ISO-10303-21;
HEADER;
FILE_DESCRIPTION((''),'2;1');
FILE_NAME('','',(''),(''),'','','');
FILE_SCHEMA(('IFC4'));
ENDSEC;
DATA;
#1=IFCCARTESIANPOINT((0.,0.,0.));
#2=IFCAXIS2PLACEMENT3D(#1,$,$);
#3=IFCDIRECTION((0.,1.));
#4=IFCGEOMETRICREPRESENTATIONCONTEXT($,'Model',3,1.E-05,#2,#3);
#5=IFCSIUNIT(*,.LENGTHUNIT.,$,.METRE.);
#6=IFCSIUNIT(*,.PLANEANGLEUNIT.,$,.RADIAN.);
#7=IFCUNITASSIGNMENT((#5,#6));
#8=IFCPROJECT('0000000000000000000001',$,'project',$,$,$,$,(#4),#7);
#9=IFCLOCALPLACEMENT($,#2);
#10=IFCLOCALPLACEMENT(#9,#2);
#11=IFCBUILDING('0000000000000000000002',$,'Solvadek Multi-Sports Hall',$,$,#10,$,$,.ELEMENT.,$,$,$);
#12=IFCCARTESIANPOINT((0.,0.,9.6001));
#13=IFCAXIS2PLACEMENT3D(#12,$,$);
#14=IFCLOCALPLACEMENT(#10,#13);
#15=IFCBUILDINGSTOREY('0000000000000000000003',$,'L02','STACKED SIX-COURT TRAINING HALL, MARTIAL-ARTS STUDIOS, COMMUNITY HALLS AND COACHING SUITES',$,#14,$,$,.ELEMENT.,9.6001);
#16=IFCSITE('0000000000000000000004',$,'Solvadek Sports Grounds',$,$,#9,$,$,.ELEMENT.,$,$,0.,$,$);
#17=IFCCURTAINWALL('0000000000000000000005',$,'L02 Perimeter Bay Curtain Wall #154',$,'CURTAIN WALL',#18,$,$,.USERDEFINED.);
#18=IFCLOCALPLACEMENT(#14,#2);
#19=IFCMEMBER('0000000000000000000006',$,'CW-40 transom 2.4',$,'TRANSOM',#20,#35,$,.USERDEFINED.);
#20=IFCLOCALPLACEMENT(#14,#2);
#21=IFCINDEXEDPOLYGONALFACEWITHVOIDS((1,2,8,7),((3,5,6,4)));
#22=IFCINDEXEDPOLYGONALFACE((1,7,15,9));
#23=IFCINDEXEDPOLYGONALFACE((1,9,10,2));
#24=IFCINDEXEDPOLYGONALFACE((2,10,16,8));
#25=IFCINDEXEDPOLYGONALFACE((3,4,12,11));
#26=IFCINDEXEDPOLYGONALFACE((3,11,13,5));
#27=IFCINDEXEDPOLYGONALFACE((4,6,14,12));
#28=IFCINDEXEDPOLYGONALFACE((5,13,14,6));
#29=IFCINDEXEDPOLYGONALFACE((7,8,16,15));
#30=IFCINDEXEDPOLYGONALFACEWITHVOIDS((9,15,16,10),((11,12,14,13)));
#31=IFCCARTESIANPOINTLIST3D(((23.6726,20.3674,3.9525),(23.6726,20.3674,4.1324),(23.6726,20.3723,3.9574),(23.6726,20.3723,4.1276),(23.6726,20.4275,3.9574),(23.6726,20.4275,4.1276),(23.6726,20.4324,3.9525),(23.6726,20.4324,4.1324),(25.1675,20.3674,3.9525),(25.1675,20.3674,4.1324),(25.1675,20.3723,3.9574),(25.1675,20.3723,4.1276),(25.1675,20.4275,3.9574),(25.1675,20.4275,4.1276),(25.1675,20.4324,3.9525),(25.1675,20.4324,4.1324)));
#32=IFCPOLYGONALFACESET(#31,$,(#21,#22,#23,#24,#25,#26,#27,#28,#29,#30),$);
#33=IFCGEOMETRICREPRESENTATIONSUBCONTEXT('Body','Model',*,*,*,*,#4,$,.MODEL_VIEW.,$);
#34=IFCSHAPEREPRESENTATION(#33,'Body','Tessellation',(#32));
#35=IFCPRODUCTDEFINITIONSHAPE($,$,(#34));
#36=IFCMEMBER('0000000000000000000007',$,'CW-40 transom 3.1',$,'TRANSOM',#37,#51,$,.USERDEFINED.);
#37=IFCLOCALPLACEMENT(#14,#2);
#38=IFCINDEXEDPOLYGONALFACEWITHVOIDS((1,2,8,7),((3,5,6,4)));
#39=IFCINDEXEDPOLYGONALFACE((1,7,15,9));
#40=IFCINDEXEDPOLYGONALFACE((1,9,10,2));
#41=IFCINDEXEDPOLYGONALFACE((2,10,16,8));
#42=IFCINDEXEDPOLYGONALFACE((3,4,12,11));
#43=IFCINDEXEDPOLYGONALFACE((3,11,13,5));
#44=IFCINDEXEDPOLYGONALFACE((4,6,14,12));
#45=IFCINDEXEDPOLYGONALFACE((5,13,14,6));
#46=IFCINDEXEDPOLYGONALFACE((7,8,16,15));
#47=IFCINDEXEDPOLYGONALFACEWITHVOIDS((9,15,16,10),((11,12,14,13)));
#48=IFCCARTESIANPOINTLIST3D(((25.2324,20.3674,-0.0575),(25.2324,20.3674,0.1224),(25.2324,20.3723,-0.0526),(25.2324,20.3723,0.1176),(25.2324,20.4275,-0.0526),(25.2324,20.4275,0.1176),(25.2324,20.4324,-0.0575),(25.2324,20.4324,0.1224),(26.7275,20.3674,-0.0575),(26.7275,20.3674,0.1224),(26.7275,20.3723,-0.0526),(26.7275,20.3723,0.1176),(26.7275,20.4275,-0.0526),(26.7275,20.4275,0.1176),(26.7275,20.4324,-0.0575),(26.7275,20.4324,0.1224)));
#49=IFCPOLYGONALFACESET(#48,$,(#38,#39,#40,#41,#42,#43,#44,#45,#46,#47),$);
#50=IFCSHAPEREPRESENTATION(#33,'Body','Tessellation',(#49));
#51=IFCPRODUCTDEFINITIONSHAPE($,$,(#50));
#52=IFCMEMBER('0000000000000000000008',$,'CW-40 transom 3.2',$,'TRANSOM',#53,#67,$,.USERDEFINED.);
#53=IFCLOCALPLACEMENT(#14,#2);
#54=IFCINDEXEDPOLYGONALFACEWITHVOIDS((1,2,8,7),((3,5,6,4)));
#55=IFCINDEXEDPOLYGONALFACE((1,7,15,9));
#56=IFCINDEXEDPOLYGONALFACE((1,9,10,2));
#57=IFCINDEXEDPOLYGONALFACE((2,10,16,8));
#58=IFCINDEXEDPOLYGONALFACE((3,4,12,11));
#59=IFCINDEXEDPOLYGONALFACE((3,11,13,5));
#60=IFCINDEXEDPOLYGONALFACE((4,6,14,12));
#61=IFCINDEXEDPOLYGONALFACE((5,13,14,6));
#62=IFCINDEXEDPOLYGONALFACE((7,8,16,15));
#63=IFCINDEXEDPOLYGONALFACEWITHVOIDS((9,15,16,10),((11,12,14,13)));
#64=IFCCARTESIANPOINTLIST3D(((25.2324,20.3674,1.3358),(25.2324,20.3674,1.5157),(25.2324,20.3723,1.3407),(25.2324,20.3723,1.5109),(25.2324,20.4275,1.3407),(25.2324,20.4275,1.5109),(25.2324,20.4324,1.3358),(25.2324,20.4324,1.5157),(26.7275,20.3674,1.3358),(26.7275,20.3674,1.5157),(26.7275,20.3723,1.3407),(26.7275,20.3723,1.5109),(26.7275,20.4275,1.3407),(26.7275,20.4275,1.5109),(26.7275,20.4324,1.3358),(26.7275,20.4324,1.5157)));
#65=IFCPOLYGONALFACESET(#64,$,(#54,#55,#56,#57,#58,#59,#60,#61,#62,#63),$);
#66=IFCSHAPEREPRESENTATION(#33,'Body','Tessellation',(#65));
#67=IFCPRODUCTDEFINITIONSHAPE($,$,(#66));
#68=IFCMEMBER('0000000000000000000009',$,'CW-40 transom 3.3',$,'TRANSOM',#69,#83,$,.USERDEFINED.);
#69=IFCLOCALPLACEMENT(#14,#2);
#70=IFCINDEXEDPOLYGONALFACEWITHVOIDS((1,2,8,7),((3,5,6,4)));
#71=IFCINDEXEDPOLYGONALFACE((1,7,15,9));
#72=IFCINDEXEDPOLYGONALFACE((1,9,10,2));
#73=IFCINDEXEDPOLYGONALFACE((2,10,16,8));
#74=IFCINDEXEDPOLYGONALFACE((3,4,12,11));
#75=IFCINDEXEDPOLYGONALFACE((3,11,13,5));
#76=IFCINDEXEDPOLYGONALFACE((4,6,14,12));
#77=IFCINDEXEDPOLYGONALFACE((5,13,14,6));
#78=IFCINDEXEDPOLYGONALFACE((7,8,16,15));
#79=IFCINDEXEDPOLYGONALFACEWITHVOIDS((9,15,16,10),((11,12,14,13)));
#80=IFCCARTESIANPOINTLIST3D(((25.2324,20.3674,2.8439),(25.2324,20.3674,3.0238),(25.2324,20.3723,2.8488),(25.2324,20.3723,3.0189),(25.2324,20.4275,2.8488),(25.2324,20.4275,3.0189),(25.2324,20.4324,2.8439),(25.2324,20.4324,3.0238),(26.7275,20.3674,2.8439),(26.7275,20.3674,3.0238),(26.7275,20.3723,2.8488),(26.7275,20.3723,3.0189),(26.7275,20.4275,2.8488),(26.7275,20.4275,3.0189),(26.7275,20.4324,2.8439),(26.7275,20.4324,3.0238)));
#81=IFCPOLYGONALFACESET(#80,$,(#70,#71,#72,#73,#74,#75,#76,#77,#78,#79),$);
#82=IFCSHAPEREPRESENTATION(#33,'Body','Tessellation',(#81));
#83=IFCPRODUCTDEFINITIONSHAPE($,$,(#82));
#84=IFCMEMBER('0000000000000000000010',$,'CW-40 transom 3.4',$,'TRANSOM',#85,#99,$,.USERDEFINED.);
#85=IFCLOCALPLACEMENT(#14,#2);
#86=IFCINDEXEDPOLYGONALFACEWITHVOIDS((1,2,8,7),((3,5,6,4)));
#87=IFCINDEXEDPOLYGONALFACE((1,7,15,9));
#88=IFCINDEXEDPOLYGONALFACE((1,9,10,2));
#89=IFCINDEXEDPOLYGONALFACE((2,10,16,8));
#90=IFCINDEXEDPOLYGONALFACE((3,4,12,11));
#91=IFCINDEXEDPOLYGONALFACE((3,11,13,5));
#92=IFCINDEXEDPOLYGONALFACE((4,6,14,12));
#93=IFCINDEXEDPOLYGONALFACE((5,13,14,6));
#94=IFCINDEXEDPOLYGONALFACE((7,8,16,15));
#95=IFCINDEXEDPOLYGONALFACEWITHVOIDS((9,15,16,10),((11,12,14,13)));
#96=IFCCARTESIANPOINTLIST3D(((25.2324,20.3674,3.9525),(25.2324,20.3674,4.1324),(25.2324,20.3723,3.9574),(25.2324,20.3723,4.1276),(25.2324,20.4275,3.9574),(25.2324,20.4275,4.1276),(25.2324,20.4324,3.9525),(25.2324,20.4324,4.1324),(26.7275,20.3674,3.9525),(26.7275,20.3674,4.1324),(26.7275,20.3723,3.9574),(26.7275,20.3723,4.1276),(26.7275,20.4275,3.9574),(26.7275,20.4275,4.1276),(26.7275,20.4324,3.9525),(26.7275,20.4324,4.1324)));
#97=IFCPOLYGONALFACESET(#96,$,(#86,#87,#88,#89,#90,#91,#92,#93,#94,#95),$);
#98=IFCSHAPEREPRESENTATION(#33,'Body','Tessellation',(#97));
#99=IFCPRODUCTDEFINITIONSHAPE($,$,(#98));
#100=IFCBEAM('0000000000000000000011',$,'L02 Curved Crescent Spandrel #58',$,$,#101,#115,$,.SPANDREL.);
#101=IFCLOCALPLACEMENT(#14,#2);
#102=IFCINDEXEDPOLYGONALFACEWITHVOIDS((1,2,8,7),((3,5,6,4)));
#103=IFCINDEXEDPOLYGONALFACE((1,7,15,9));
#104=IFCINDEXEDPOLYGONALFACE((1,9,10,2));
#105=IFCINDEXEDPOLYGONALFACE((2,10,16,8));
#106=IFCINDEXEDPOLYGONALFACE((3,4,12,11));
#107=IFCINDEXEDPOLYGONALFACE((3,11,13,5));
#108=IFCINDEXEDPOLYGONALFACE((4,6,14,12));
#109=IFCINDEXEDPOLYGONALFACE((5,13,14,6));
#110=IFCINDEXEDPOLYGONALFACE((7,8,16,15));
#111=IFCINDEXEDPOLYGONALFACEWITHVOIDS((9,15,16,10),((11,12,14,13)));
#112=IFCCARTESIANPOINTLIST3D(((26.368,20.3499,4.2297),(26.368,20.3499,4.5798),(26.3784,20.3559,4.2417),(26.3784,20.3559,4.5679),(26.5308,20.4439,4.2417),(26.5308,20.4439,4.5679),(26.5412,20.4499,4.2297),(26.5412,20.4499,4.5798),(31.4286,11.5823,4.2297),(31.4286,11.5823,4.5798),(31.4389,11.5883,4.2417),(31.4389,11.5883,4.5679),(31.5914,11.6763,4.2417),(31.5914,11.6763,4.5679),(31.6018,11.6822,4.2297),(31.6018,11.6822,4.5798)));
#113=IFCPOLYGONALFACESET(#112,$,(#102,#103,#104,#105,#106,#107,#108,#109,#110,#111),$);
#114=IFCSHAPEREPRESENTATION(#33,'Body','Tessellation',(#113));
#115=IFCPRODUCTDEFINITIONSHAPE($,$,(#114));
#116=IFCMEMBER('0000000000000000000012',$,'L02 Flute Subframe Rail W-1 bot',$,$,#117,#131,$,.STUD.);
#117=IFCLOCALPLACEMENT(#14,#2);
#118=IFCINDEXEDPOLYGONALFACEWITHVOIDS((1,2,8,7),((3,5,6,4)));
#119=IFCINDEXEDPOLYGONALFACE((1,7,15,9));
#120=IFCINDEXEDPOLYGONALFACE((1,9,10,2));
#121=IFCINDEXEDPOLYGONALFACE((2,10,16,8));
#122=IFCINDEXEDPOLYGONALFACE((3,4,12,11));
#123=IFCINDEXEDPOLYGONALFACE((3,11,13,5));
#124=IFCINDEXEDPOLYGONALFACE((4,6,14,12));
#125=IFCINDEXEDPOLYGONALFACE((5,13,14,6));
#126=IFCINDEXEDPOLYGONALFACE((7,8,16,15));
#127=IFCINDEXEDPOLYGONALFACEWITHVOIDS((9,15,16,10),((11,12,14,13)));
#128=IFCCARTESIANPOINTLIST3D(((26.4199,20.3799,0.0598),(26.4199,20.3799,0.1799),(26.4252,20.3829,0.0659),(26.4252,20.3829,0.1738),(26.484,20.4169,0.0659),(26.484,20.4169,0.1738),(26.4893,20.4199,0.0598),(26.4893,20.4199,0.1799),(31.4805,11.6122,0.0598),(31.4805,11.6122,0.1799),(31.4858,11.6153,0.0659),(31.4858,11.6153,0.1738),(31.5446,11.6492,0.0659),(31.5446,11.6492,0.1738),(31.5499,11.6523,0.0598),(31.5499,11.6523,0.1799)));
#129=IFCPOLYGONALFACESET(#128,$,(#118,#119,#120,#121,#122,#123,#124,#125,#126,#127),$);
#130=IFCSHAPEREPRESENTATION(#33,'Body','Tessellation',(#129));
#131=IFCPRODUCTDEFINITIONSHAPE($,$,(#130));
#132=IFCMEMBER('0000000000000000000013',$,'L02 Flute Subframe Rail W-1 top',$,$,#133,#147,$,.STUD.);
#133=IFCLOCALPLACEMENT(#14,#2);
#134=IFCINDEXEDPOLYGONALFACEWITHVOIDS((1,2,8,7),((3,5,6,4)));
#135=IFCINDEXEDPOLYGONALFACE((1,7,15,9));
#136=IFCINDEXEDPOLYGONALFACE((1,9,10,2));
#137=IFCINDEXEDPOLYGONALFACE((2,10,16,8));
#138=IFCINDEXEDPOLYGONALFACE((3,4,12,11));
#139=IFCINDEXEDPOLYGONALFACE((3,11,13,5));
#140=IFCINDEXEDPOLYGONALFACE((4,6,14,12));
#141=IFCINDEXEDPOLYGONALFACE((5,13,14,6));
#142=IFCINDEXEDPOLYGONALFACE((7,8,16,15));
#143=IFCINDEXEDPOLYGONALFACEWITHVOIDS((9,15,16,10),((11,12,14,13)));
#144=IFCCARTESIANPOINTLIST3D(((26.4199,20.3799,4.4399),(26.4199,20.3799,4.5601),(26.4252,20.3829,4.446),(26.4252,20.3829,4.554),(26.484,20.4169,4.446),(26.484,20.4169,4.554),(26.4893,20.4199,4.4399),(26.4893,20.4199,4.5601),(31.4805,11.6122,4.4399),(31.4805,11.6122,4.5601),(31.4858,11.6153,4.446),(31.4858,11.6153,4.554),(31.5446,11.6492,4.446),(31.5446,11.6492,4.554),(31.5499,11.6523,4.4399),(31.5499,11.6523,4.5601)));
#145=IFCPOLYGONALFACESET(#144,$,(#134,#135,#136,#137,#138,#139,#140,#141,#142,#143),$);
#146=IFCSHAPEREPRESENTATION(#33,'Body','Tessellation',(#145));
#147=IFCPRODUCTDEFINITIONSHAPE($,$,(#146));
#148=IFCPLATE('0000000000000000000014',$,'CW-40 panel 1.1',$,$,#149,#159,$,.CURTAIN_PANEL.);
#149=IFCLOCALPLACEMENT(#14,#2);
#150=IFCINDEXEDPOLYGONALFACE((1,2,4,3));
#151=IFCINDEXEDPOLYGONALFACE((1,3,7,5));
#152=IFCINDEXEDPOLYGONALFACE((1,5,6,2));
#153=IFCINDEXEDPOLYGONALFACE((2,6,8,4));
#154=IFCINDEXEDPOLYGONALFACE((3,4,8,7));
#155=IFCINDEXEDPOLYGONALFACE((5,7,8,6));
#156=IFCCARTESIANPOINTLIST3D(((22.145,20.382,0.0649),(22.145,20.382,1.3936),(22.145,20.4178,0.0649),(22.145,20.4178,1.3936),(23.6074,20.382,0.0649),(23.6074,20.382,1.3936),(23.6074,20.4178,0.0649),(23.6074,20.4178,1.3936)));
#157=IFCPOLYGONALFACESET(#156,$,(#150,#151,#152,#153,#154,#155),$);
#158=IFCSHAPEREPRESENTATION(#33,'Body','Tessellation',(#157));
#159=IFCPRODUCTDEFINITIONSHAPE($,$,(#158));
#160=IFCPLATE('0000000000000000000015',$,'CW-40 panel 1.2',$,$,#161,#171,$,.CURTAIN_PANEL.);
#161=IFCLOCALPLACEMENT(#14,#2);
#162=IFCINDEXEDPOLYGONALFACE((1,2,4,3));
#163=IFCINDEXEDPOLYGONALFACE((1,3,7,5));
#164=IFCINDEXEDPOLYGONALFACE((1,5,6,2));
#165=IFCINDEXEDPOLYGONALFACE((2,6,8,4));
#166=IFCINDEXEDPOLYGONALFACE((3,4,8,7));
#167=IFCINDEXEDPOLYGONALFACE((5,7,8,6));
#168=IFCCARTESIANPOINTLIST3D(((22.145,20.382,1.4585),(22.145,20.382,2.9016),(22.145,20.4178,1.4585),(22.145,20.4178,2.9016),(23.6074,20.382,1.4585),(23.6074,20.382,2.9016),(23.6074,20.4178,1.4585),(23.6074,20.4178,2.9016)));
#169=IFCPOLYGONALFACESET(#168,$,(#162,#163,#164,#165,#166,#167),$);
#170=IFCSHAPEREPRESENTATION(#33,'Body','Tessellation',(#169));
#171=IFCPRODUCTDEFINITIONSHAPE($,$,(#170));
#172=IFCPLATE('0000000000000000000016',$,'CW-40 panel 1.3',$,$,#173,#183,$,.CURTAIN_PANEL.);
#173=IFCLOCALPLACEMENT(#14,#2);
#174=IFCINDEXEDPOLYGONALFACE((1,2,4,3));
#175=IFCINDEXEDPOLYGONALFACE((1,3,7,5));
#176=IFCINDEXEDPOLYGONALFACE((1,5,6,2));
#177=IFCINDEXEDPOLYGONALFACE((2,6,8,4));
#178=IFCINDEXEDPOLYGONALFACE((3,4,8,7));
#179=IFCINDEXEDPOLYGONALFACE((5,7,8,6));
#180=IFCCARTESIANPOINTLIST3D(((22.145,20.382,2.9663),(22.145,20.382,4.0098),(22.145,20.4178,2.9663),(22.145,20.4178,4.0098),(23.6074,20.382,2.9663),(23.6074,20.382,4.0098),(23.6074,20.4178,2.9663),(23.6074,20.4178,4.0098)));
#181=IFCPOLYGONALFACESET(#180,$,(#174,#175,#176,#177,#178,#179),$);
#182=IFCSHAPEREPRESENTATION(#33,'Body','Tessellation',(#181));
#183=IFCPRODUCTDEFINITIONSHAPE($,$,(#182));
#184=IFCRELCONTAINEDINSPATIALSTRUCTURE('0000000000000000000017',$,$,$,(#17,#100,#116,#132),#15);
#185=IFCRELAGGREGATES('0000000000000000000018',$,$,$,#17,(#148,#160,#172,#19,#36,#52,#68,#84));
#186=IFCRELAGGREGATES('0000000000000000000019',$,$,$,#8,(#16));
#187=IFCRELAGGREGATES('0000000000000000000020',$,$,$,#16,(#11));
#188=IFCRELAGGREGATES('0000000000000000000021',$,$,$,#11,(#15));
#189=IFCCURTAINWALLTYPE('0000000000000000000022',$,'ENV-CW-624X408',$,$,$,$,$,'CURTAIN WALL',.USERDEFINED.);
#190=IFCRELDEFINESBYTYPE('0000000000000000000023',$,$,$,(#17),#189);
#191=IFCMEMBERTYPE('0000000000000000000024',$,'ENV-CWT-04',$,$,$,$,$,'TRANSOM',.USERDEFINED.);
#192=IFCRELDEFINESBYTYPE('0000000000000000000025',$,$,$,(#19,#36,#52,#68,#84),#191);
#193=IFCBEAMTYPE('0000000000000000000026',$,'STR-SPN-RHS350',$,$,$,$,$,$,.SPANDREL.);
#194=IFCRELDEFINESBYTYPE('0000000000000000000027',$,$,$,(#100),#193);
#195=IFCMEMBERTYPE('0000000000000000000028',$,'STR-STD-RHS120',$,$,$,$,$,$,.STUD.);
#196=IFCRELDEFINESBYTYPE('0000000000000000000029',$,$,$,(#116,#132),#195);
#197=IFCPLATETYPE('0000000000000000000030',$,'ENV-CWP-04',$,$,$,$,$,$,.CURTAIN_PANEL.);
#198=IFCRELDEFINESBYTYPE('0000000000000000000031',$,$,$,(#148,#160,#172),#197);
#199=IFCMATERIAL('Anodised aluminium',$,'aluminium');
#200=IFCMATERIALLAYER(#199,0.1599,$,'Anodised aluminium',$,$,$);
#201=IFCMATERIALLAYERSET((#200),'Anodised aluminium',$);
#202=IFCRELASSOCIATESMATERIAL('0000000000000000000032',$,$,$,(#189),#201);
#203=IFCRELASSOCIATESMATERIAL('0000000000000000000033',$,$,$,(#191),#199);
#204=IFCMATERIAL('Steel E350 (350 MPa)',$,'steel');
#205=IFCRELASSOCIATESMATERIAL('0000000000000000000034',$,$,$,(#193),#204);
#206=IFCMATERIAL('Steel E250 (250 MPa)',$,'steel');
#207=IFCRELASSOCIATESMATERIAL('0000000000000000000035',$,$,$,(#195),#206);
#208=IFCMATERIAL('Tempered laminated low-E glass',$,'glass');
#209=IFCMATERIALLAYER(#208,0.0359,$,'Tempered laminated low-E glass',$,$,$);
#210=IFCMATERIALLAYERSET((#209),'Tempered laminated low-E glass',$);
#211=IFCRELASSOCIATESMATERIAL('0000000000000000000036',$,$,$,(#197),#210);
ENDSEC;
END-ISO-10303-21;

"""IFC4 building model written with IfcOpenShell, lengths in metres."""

from ifc_helpers import new_model, si_unit, direction, frame, origin, origin_2d, place, context, subcontext, project, spatial, rectangle, hollow_rectangle, extrude, material, layer, layer_set, material_profile, profile_set, type_object, element, aggregate, save


model = new_model("IFC4")

# Units and contexts
model_context = context("Model", 3, precision=1e-05, world=origin(), true_north=direction((0.0, 1.0)))
body_context = subcontext(model_context, "Body", "Model", "MODEL_VIEW")
ifc_project = project(units=[si_unit("LENGTHUNIT", "METRE"), si_unit("PLANEANGLEUNIT", "RADIAN")], contexts=[model_context])

# Site, building, storey
site_placement = place(None, origin())
site = spatial("IfcSite", under=ifc_project, at=site_placement, Name="Solvadek Sports Grounds", CompositionType="ELEMENT", RefElevation=0.0)
building_placement = place(site_placement, origin())
building = spatial("IfcBuilding", under=site, at=building_placement, Name="Solvadek Multi-Sports Hall", CompositionType="ELEMENT")
storey_placement = place(building_placement, frame((0.0, 0.0, 9.6001)))
storey = spatial("IfcBuildingStorey", under=building, at=storey_placement, Name="L02", Description="STACKED SIX-COURT TRAINING HALL, MARTIAL-ARTS STUDIOS, COMMUNITY HALLS AND COACHING SUITES", CompositionType="ELEMENT", Elevation=9.6001)

# Shared definitions
ifc_material_1 = material(Name="Steel E350 (350 MPa)", Category="steel")

# Shared definitions
ifc_material_2 = material(Name="Anodised aluminium", Category="aluminium")

# Curtain wall, members
ifc_layer_1 = layer(ifc_material_2, 0.1599, Name="Anodised aluminium")
ifc_layer_set_1 = layer_set([ifc_layer_1], Name="Anodised aluminium")
curtain_wall_type_1 = type_object("IfcCurtainWallType", Name="ENV-CW-624X408", ElementType="CURTAIN WALL", PredefinedType="USERDEFINED", material=ifc_layer_set_1)
curtain_wall_1_placement = place(storey_placement, origin())
curtain_wall_1 = element("IfcCurtainWall", 1, at=curtain_wall_1_placement, inside=storey, type_object=curtain_wall_type_1, Name="L02 Perimeter Bay Curtain Wall #154", ObjectType="CURTAIN WALL", PredefinedType="USERDEFINED")
ifc_material_profile_1 = material_profile(ifc_material_2, hollow_rectangle(XDim=0.0649, YDim=0.1799, WallThickness=0.0049, at=origin_2d()), Name="ALU-T 180x65x5")
ifc_profile_set_1 = profile_set([ifc_material_profile_1], Name="Anodised aluminium")
member_type_1 = type_object("IfcMemberType", Name="ENV-CWT-04", ElementType="TRANSOM", PredefinedType="USERDEFINED", material=ifc_profile_set_1)
member_1_placement = place(storey_placement, frame((23.6726, 20.3999, 4.0425), z_axis=(1.0, 0.0, 0.0), x_axis=(0.0, 1.0, 0.0)))
member_1 = element("IfcMember", 2, at=member_1_placement, type_object=member_type_1, Name="CW-40 transom 2.4", ObjectType="TRANSOM", PredefinedType="USERDEFINED", context=body_context, shape_type="SweptSolid", body=[
    extrude(hollow_rectangle(XDim=0.0649, YDim=0.1799, WallThickness=0.0049, at=origin_2d()), origin(), (0.0, 0.0, 1.0), 1.4949),
])
member_2_placement = place(storey_placement, frame((25.2324, 20.3999, 0.0325), z_axis=(1.0, 0.0, 0.0), x_axis=(0.0, 1.0, 0.0)))
member_2 = element("IfcMember", 3, at=member_2_placement, type_object=member_type_1, Name="CW-40 transom 3.1", ObjectType="TRANSOM", PredefinedType="USERDEFINED", context=body_context, shape_type="SweptSolid", body=[
    extrude(hollow_rectangle(XDim=0.0649, YDim=0.1799, WallThickness=0.0049, at=origin_2d()), origin(), (0.0, 0.0, 1.0), 1.4951),
])
member_3_placement = place(storey_placement, frame((25.2324, 20.3999, 1.4258), z_axis=(1.0, 0.0, 0.0), x_axis=(0.0, 1.0, 0.0)))
member_3 = element("IfcMember", 4, at=member_3_placement, type_object=member_type_1, Name="CW-40 transom 3.2", ObjectType="TRANSOM", PredefinedType="USERDEFINED", context=body_context, shape_type="SweptSolid", body=[
    extrude(hollow_rectangle(XDim=0.0649, YDim=0.1799, WallThickness=0.0049, at=origin_2d()), origin(), (0.0, 0.0, 1.0), 1.4951),
])
member_4_placement = place(storey_placement, frame((25.2324, 20.3999, 2.9338), z_axis=(1.0, 0.0, 0.0), x_axis=(0.0, 1.0, 0.0)))
member_4 = element("IfcMember", 5, at=member_4_placement, type_object=member_type_1, Name="CW-40 transom 3.3", ObjectType="TRANSOM", PredefinedType="USERDEFINED", context=body_context, shape_type="SweptSolid", body=[
    extrude(hollow_rectangle(XDim=0.0649, YDim=0.1799, WallThickness=0.0049, at=origin_2d()), origin(), (0.0, 0.0, 1.0), 1.4951),
])
member_5_placement = place(storey_placement, frame((25.2324, 20.3999, 4.0425), z_axis=(1.0, 0.0, 0.0), x_axis=(0.0, 1.0, 0.0)))
member_5 = element("IfcMember", 6, at=member_5_placement, type_object=member_type_1, Name="CW-40 transom 3.4", ObjectType="TRANSOM", PredefinedType="USERDEFINED", context=body_context, shape_type="SweptSolid", body=[
    extrude(hollow_rectangle(XDim=0.0649, YDim=0.1799, WallThickness=0.0049, at=origin_2d()), origin(), (0.0, 0.0, 1.0), 1.4951),
])

# Beam
ifc_material_profile_2 = material_profile(ifc_material_1, hollow_rectangle(XDim=0.2, YDim=0.3501, WallThickness=0.012, at=origin_2d()), Name="RHS 350x200x12")
ifc_profile_set_2 = profile_set([ifc_material_profile_2], Name="Steel E350 (350 MPa)")
beam_type = type_object("IfcBeamType", Name="STR-SPN-RHS350", PredefinedType="SPANDREL", material=ifc_profile_set_2)
beam_placement = place(storey_placement, frame((26.4546, 20.3999, 4.4048), z_axis=(0.499895, -0.866086, 0.0), x_axis=(0.866086, 0.499895, 0.0)))
element("IfcBeam", 7, at=beam_placement, inside=storey, type_object=beam_type, Name="L02 Curved Crescent Spandrel #58", PredefinedType="SPANDREL", context=body_context, shape_type="SweptSolid", body=[
    extrude(hollow_rectangle(XDim=0.2, YDim=0.3501, WallThickness=0.012, at=origin_2d()), origin(), (0.0, 0.0, 1.0), 10.1233),
])

# Members
ifc_material_3 = material(Name="Steel E250 (250 MPa)", Category="steel")
ifc_material_profile_3 = material_profile(ifc_material_3, hollow_rectangle(XDim=0.0801, YDim=0.1201, WallThickness=0.0061, at=origin_2d()), Name="RHS 120x80x6")
ifc_profile_set_3 = profile_set([ifc_material_profile_3], Name="Steel E250 (250 MPa)")
member_type_2 = type_object("IfcMemberType", Name="STR-STD-RHS120", PredefinedType="STUD", material=ifc_profile_set_3)
for number, where, z_axis, x_axis, name in (
    (8, (26.4546, 20.3999, 0.1199), (0.499895, -0.866086, 0.0), (0.866086, 0.499895, 0.0), "L02 Flute Subframe Rail W-1 bot"),
    (9, (26.4546, 20.3999, 4.5), (0.499895, -0.866086, 0.0), (0.866086, 0.499895, 0.0), "L02 Flute Subframe Rail W-1 top"),
):
    element("IfcMember", number, at=place(storey_placement, frame(where, z_axis=z_axis, x_axis=x_axis)), inside=storey, type_object=member_type_2, Name=name, PredefinedType="STUD", context=body_context, shape_type="SweptSolid", body=[
        extrude(hollow_rectangle(XDim=0.0801, YDim=0.1201, WallThickness=0.0061, at=origin_2d()), origin(), (0.0, 0.0, 1.0), 10.1233),
    ])

# Plates
ifc_material_4 = material(Name="Tempered laminated low-E glass", Category="glass")
ifc_layer_2 = layer(ifc_material_4, 0.0359, Name="Tempered laminated low-E glass")
ifc_layer_set_2 = layer_set([ifc_layer_2], Name="Tempered laminated low-E glass")
plate_type_1 = type_object("IfcPlateType", Name="ENV-CWP-04", PredefinedType="CURTAIN_PANEL", material=ifc_layer_set_2)
plate_1_placement = place(storey_placement, frame((22.8762, 20.3999, 0.0649), z_axis=(0.0, 0.0, 1.0), x_axis=(1.0, 0.0, 0.0)))
plate_1 = element("IfcPlate", 10, at=plate_1_placement, type_object=plate_type_1, Name="CW-40 panel 1.1", PredefinedType="CURTAIN_PANEL", context=body_context, shape_type="SweptSolid", body=[
    extrude(rectangle(XDim=1.4624, YDim=0.0359, at=origin_2d()), origin(), (0.0, 0.0, 1.0), 1.3286),
])
plate_2_placement = place(storey_placement, frame((22.8762, 20.3999, 1.4585), z_axis=(0.0, 0.0, 1.0), x_axis=(1.0, 0.0, 0.0)))
plate_2 = element("IfcPlate", 11, at=plate_2_placement, type_object=plate_type_1, Name="CW-40 panel 1.2", PredefinedType="CURTAIN_PANEL", context=body_context, shape_type="SweptSolid", body=[
    extrude(rectangle(XDim=1.4624, YDim=0.0359, at=origin_2d()), origin(), (0.0, 0.0, 1.0), 1.4431),
])
plate_3_placement = place(storey_placement, frame((22.8762, 20.3999, 2.9663), z_axis=(0.0, 0.0, 1.0), x_axis=(1.0, 0.0, 0.0)))
plate_3 = element("IfcPlate", 12, at=plate_3_placement, type_object=plate_type_1, Name="CW-40 panel 1.3", PredefinedType="CURTAIN_PANEL", context=body_context, shape_type="SweptSolid", body=[
    extrude(rectangle(XDim=1.4624, YDim=0.0359, at=origin_2d()), origin(), (0.0, 0.0, 1.0), 1.0435),
])
aggregate(curtain_wall_1, [plate_1, plate_2, plate_3, member_1, member_2, member_3, member_4, member_5])

save(model, "model.ifc")
